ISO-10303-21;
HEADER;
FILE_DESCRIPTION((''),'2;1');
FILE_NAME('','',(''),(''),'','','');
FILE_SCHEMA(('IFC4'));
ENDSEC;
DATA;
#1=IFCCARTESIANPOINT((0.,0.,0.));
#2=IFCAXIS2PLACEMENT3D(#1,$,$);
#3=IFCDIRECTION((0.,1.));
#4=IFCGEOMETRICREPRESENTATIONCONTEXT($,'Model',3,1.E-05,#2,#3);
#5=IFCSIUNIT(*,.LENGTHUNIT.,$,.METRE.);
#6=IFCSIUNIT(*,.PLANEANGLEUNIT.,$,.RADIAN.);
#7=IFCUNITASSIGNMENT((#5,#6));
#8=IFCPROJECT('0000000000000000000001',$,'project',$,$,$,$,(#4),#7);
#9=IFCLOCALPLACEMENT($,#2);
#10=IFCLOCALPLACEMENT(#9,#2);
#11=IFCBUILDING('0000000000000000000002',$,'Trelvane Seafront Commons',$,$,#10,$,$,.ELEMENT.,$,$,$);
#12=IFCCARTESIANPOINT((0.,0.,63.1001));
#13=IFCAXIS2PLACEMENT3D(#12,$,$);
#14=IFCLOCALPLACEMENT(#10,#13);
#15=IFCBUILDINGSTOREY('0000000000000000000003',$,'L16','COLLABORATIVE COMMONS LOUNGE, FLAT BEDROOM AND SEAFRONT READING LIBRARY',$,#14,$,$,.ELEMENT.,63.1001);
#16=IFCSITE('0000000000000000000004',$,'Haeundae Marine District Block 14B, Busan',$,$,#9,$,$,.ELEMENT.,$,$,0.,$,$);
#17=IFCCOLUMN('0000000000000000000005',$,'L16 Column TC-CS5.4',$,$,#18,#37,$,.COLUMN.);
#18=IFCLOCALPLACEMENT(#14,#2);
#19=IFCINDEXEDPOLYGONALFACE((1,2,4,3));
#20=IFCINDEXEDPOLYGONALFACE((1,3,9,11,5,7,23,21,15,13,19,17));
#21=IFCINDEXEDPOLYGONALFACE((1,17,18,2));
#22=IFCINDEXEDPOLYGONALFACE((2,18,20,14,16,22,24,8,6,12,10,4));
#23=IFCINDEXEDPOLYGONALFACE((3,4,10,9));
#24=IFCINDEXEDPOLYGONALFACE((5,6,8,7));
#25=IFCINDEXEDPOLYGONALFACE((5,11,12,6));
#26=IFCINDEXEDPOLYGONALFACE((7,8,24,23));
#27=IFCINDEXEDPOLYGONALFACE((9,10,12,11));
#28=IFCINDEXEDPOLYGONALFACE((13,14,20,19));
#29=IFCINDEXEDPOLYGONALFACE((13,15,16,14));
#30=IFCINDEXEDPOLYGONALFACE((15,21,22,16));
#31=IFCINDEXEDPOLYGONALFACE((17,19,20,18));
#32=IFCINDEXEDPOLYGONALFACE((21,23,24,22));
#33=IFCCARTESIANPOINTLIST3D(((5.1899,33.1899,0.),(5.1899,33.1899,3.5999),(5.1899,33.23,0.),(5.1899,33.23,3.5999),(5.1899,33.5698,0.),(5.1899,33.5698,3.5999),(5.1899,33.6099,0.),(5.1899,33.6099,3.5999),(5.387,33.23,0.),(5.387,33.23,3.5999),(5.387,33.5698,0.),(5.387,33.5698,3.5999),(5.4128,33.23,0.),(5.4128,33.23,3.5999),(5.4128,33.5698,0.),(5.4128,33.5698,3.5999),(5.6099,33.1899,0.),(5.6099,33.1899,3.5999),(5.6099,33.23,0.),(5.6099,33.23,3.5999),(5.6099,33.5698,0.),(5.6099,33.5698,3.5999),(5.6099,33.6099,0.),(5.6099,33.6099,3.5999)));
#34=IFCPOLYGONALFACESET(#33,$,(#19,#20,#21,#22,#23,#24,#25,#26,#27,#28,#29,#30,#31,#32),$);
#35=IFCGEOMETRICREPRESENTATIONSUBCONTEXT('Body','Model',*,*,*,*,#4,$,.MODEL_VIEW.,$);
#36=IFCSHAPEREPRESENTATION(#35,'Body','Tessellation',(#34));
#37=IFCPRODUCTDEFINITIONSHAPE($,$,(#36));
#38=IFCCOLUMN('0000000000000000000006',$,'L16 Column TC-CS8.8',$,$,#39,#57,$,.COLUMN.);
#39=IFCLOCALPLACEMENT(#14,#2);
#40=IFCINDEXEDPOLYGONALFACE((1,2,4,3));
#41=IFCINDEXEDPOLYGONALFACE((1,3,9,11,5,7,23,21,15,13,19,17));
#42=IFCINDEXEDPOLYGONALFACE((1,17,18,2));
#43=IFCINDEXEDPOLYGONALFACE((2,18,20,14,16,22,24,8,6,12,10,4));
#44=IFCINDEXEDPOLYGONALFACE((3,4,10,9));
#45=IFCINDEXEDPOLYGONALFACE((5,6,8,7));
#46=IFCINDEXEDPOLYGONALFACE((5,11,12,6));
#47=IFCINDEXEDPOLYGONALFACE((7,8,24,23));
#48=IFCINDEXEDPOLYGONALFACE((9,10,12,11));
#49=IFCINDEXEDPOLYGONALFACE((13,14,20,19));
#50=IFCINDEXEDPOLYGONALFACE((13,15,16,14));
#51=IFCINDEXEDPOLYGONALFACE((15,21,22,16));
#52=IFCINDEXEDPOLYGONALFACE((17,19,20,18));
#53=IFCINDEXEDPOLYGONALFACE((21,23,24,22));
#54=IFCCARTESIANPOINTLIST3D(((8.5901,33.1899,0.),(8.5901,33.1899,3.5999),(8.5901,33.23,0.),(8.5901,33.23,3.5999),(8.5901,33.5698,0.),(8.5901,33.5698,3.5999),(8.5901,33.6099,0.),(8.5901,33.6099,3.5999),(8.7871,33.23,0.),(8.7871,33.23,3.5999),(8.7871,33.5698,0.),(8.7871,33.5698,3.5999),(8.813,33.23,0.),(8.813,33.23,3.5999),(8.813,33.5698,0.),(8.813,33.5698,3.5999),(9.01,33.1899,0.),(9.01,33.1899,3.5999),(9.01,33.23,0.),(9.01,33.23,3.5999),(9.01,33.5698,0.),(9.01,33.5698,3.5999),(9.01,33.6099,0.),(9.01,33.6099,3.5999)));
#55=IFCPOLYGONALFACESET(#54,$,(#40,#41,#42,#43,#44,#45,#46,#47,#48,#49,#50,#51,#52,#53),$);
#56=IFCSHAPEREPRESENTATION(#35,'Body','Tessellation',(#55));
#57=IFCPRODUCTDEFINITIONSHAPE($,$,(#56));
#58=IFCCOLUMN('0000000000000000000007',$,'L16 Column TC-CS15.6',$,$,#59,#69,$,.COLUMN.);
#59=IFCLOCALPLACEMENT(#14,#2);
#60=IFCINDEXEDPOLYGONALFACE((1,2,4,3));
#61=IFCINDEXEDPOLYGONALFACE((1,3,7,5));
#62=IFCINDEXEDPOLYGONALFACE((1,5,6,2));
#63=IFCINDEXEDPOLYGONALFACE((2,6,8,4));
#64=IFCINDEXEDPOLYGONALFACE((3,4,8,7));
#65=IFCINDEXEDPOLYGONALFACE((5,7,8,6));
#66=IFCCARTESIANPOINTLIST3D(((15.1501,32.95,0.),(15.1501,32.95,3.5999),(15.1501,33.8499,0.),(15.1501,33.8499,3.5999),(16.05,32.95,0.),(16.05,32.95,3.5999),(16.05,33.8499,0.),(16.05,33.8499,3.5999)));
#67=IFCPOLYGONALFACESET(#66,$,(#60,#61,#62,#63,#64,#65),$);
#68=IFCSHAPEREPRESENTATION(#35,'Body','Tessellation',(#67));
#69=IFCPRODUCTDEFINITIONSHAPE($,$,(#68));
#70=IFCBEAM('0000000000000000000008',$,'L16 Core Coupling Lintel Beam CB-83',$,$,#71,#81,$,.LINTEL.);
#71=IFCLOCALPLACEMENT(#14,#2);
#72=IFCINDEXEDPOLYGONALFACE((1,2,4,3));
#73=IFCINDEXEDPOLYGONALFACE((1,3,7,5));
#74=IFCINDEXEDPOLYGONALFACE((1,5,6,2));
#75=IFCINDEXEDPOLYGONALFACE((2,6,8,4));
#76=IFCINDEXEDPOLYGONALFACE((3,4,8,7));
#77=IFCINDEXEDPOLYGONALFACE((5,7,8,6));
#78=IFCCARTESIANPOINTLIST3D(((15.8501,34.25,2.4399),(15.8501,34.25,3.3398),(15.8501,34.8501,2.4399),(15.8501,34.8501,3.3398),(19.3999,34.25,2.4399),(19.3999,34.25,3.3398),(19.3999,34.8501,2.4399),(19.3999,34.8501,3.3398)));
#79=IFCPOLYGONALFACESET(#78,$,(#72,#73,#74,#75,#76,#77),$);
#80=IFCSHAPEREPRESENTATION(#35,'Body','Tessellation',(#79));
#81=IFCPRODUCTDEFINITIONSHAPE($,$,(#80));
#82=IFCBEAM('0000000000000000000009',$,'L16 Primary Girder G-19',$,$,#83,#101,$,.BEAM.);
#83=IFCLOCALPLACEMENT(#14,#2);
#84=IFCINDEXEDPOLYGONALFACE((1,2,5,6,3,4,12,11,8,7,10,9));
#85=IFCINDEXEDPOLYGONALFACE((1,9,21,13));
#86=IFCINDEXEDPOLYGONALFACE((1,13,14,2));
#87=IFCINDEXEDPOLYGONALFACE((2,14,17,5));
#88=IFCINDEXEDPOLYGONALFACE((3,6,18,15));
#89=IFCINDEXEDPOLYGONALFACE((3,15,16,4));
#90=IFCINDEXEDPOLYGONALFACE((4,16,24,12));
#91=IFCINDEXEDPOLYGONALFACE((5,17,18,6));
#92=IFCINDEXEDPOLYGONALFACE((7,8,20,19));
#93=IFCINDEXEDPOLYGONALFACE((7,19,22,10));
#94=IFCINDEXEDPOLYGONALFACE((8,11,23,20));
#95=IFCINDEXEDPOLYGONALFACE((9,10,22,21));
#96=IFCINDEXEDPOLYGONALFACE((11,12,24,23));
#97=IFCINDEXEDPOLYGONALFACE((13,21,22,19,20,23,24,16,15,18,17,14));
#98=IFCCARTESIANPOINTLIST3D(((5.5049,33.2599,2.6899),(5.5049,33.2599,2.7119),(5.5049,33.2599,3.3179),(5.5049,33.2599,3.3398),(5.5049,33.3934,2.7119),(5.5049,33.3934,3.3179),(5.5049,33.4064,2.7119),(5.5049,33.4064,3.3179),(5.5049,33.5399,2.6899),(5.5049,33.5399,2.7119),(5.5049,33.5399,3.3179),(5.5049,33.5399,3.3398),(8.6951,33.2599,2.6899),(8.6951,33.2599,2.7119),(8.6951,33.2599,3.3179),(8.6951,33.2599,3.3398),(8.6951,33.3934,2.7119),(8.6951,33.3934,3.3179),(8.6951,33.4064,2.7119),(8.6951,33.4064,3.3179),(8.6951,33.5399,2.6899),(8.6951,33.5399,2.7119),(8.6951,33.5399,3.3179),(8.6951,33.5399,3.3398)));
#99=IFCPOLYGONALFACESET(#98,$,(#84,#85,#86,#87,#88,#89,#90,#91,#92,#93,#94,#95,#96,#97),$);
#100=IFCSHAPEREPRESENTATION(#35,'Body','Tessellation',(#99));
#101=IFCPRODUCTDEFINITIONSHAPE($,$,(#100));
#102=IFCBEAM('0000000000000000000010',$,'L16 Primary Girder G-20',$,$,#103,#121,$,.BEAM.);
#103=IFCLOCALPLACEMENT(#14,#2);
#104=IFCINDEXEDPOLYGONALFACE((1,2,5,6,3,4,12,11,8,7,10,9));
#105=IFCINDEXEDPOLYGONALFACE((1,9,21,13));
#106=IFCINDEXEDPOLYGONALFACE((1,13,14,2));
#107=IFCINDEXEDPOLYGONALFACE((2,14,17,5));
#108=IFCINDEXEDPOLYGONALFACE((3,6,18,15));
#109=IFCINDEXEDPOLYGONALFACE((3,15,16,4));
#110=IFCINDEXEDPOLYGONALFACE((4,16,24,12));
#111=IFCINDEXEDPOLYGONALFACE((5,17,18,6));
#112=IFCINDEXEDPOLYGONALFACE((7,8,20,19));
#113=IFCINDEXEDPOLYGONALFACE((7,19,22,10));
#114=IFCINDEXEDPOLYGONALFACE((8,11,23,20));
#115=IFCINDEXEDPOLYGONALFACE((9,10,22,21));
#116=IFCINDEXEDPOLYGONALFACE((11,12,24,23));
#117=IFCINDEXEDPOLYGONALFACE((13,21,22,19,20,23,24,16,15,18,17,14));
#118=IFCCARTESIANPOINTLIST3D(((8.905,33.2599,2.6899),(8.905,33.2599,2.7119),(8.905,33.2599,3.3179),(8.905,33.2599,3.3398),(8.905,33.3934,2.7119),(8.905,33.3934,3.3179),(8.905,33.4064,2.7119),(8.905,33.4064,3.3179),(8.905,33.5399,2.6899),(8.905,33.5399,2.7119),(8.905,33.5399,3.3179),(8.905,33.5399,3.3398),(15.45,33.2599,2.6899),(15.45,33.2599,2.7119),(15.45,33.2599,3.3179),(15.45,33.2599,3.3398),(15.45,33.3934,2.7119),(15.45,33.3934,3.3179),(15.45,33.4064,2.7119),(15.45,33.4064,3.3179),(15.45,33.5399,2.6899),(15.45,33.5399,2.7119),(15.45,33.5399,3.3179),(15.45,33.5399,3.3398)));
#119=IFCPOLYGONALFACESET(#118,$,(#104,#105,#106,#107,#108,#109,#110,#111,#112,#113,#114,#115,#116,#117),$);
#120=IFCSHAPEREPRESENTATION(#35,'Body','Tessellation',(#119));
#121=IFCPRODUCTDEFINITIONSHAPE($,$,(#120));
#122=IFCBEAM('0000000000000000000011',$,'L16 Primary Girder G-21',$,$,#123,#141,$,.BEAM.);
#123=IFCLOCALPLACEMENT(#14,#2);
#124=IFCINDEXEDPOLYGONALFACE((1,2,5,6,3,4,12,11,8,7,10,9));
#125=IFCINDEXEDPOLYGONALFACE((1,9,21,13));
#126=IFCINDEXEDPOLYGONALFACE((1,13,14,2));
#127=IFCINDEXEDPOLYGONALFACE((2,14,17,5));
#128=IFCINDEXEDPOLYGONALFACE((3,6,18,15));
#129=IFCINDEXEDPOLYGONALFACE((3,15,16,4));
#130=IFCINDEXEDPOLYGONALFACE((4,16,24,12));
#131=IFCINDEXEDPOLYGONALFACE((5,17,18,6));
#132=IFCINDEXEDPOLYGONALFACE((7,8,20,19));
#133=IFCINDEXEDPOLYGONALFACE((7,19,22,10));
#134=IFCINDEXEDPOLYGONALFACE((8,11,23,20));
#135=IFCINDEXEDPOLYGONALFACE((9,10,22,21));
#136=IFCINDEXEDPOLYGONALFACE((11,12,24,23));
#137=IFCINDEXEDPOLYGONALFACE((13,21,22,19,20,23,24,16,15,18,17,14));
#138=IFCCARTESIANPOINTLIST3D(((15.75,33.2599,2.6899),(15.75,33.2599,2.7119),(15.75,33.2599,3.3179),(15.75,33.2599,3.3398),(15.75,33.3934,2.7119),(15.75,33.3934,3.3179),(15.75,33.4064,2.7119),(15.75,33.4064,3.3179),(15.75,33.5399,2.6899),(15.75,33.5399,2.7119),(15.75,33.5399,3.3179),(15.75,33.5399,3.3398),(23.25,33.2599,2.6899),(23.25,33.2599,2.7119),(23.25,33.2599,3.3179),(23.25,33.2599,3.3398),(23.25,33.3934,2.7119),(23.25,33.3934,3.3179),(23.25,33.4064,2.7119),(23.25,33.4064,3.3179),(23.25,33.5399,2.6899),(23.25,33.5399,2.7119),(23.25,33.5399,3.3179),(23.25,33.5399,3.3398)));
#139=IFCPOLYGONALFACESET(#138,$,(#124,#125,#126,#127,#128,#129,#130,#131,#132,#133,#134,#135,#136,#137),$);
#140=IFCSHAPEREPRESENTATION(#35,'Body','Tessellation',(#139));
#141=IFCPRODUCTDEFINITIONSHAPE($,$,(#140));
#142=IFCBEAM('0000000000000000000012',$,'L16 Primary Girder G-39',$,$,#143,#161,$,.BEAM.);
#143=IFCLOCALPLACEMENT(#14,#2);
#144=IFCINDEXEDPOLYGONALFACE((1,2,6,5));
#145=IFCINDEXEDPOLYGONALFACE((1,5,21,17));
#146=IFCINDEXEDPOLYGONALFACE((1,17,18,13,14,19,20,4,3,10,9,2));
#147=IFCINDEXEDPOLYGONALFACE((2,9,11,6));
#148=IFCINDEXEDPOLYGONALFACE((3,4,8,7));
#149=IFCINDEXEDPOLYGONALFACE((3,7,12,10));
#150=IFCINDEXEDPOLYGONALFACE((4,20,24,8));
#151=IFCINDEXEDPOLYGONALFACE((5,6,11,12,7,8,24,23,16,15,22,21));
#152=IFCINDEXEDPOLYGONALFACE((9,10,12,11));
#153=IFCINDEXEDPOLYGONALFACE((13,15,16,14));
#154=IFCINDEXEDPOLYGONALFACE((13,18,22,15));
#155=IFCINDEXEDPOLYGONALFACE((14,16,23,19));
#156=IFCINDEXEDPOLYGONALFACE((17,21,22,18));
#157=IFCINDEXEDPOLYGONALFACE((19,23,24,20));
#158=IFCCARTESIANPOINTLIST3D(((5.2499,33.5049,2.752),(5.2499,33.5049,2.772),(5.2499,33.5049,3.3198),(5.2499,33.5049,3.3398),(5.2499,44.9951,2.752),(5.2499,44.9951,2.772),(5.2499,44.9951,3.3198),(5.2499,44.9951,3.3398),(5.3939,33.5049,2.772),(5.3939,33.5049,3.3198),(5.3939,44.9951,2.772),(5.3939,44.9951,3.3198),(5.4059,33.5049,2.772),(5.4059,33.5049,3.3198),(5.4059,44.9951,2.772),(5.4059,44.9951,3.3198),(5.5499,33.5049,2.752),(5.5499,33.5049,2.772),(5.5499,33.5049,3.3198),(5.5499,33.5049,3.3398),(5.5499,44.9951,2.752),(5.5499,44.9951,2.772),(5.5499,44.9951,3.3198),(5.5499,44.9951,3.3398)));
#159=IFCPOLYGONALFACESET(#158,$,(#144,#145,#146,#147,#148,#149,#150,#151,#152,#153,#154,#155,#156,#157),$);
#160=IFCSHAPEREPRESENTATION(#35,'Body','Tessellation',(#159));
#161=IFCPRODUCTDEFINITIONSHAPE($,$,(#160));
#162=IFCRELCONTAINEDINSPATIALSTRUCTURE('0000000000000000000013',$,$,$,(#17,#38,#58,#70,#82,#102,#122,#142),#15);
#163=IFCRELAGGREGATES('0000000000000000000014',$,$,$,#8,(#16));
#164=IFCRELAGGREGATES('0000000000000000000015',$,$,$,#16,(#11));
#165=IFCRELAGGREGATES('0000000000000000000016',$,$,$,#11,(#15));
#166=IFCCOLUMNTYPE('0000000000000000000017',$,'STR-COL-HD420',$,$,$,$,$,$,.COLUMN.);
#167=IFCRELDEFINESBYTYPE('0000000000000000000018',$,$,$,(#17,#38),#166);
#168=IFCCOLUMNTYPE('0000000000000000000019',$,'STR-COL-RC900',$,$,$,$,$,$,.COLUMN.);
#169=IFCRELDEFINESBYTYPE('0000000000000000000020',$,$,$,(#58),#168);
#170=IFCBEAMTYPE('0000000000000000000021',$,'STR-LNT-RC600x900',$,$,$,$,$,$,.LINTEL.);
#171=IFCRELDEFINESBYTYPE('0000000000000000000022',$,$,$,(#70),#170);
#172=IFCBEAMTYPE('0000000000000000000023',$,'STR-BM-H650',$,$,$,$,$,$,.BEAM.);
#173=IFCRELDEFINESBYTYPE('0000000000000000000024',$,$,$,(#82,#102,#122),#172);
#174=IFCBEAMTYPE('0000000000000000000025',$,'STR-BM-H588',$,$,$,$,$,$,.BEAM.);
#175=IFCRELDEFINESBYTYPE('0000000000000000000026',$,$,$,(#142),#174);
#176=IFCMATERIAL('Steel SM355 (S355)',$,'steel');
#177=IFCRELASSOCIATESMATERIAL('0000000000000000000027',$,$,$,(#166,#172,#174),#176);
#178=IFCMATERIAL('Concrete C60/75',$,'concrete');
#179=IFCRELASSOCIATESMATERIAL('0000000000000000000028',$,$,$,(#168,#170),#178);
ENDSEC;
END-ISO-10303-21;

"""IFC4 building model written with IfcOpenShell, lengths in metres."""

from ifc_helpers import new_model, si_unit, direction, frame, origin, origin_2d, place, context, subcontext, project, spatial, rectangle, i_section, extrude, source, transform, mapped, material, material_profile, profile_set, type_object, element, save


model = new_model("IFC4")

# Units and contexts
model_context = context("Model", 3, precision=1e-05, world=origin(), true_north=direction((0.0, 1.0)))
body_context = subcontext(model_context, "Body", "Model", "MODEL_VIEW")
ifc_project = project(units=[si_unit("LENGTHUNIT", "METRE"), si_unit("PLANEANGLEUNIT", "RADIAN")], contexts=[model_context])

# Site, building, storey
site_placement = place(None, origin())
site = spatial("IfcSite", under=ifc_project, at=site_placement, Name="Haeundae Marine District Block 14B, Busan", CompositionType="ELEMENT", RefElevation=0.0)
building_placement = place(site_placement, origin())
building = spatial("IfcBuilding", under=site, at=building_placement, Name="Trelvane Seafront Commons", CompositionType="ELEMENT")
storey_placement = place(building_placement, frame((0.0, 0.0, 63.1001)))
storey = spatial("IfcBuildingStorey", under=building, at=storey_placement, Name="L16", Description="COLLABORATIVE COMMONS LOUNGE, FLAT BEDROOM AND SEAFRONT READING LIBRARY", CompositionType="ELEMENT", Elevation=63.1001)

# Columns
ifc_material_1 = material(Name="Steel SM355 (S355)", Category="steel")
ifc_material_profile_1 = material_profile(ifc_material_1, i_section(OverallWidth=0.4199, OverallDepth=0.4199, WebThickness=0.0259, FlangeThickness=0.04, at=origin_2d()), Name="HD-420x420x26x40")
ifc_profile_set_1 = profile_set([ifc_material_profile_1], Name="Steel SM355 (S355)")
column_type_1 = type_object("IfcColumnType", Name="STR-COL-HD420", PredefinedType="COLUMN", material=ifc_profile_set_1)
shared_shape_1 = source(origin(), body_context, "Body", "SweptSolid", [
    extrude(i_section(OverallWidth=0.4199, OverallDepth=0.4199, WebThickness=0.0259, FlangeThickness=0.04, at=origin_2d()), origin(), (0.0, 0.0, 1.0), 3.5999),
])
for number, where, z_axis, x_axis, name in (
    (1, (5.3999, 33.3999, 0.0), (0.0, 0.0, 1.0), (1.0, 0.0, 0.0), "L16 Column TC-CS5.4"),
    (2, (8.8, 33.3999, 0.0), (0.0, 0.0, 1.0), (1.0, 0.0, 0.0), "L16 Column TC-CS8.8"),
):
    element("IfcColumn", number, at=place(storey_placement, frame(where, z_axis=z_axis, x_axis=x_axis)), inside=storey, type_object=column_type_1, Name=name, PredefinedType="COLUMN", context=body_context, shape_type="MappedRepresentation", body=[
        mapped(shared_shape_1, transform((0.0, 0.0, 0.0), x_axis=(1.0, 0.0, 0.0), y_axis=(0.0, 1.0, 0.0), z_axis=(0.0, 0.0, 1.0), scale=1.0)),
    ])
ifc_material_2 = material(Name="Concrete C60/75", Category="concrete")
ifc_material_profile_2 = material_profile(ifc_material_2, rectangle(XDim=0.8999, YDim=0.8999, at=origin_2d()), Name="RC-900x900")
ifc_profile_set_2 = profile_set([ifc_material_profile_2], Name="Concrete C60/75")
column_type_2 = type_object("IfcColumnType", Name="STR-COL-RC900", PredefinedType="COLUMN", material=ifc_profile_set_2)
shared_shape_2 = source(origin(), body_context, "Body", "SweptSolid", [
    extrude(rectangle(XDim=0.8999, YDim=0.8999, at=origin_2d()), origin(), (0.0, 0.0, 1.0), 3.5999),
])
column_placement = place(storey_placement, frame((15.6001, 33.3999, 0.0), z_axis=(0.0, 0.0, 1.0), x_axis=(1.0, 0.0, 0.0)))
element("IfcColumn", 3, at=column_placement, inside=storey, type_object=column_type_2, Name="L16 Column TC-CS15.6", PredefinedType="COLUMN", context=body_context, shape_type="MappedRepresentation", body=[
    mapped(shared_shape_2, transform((0.0, 0.0, 0.0), x_axis=(1.0, 0.0, 0.0), y_axis=(0.0, 1.0, 0.0), z_axis=(0.0, 0.0, 1.0), scale=1.0)),
])

# Beams
ifc_material_profile_3 = material_profile(ifc_material_2, rectangle(XDim=0.6001, YDim=0.8999, at=origin_2d()), Name="RC-600x900")
ifc_profile_set_3 = profile_set([ifc_material_profile_3], Name="Concrete C60/75")
beam_type_1 = type_object("IfcBeamType", Name="STR-LNT-RC600x900", PredefinedType="LINTEL", material=ifc_profile_set_3)
shared_shape_3 = source(origin(), body_context, "Body", "SweptSolid", [
    extrude(rectangle(XDim=0.6001, YDim=0.8999, at=origin_2d()), origin(), (0.0, 0.0, 1.0), 3.5498),
])
beam_1_placement = place(storey_placement, frame((15.8501, 34.55, 2.8899), z_axis=(1.0, 0.0, 0.0), x_axis=(0.0, 1.0, 0.0)))
element("IfcBeam", 4, at=beam_1_placement, inside=storey, type_object=beam_type_1, Name="L16 Core Coupling Lintel Beam CB-83", PredefinedType="LINTEL", context=body_context, shape_type="MappedRepresentation", body=[
    mapped(shared_shape_3, transform((0.0, 0.0, 0.0), x_axis=(1.0, 0.0, 0.0), y_axis=(0.0, 1.0, 0.0), z_axis=(0.0, 0.0, 1.0), scale=1.0)),
])
ifc_material_profile_4 = material_profile(ifc_material_1, i_section(OverallWidth=0.28, OverallDepth=0.6499, WebThickness=0.0129, FlangeThickness=0.022, at=origin_2d()), Name="H-650x280x13x22")
ifc_profile_set_4 = profile_set([ifc_material_profile_4], Name="Steel SM355 (S355)")
beam_type_2 = type_object("IfcBeamType", Name="STR-BM-H650", PredefinedType="BEAM", material=ifc_profile_set_4)
shared_shape_4 = source(origin(), body_context, "Body", "SweptSolid", [
    extrude(i_section(OverallWidth=0.28, OverallDepth=0.6499, WebThickness=0.0129, FlangeThickness=0.022, at=origin_2d()), origin(), (0.0, 0.0, 1.0), 3.1902),
])
beam_2_placement = place(storey_placement, frame((5.5049, 33.3999, 3.0149), z_axis=(1.0, 0.0, 0.0), x_axis=(0.0, 1.0, 0.0)))
element("IfcBeam", 5, at=beam_2_placement, inside=storey, type_object=beam_type_2, Name="L16 Primary Girder G-19", PredefinedType="BEAM", context=body_context, shape_type="MappedRepresentation", body=[
    mapped(shared_shape_4, transform((0.0, 0.0, 0.0), x_axis=(1.0, 0.0, 0.0), y_axis=(0.0, 1.0, 0.0), z_axis=(0.0, 0.0, 1.0), scale=1.0)),
])
shared_shape_5 = source(origin(), body_context, "Body", "SweptSolid", [
    extrude(i_section(OverallWidth=0.28, OverallDepth=0.6499, WebThickness=0.0129, FlangeThickness=0.022, at=origin_2d()), origin(), (0.0, 0.0, 1.0), 6.5449),
])
beam_3_placement = place(storey_placement, frame((8.905, 33.3999, 3.0149), z_axis=(1.0, 0.0, 0.0), x_axis=(0.0, 1.0, 0.0)))
element("IfcBeam", 6, at=beam_3_placement, inside=storey, type_object=beam_type_2, Name="L16 Primary Girder G-20", PredefinedType="BEAM", context=body_context, shape_type="MappedRepresentation", body=[
    mapped(shared_shape_5, transform((0.0, 0.0, 0.0), x_axis=(1.0, 0.0, 0.0), y_axis=(0.0, 1.0, 0.0), z_axis=(0.0, 0.0, 1.0), scale=1.0)),
])
shared_shape_6 = source(origin(), body_context, "Body", "SweptSolid", [
    extrude(i_section(OverallWidth=0.28, OverallDepth=0.6499, WebThickness=0.0129, FlangeThickness=0.022, at=origin_2d()), origin(), (0.0, 0.0, 1.0), 7.5),
])
beam_4_placement = place(storey_placement, frame((15.75, 33.3999, 3.0149), z_axis=(1.0, 0.0, 0.0), x_axis=(0.0, 1.0, 0.0)))
element("IfcBeam", 7, at=beam_4_placement, inside=storey, type_object=beam_type_2, Name="L16 Primary Girder G-21", PredefinedType="BEAM", context=body_context, shape_type="MappedRepresentation", body=[
    mapped(shared_shape_6, transform((0.0, 0.0, 0.0), x_axis=(1.0, 0.0, 0.0), y_axis=(0.0, 1.0, 0.0), z_axis=(0.0, 0.0, 1.0), scale=1.0)),
])
ifc_material_profile_5 = material_profile(ifc_material_1, i_section(OverallWidth=0.3, OverallDepth=0.5879, WebThickness=0.012, FlangeThickness=0.02, at=origin_2d()), Name="H-588x300x12x20")
ifc_profile_set_5 = profile_set([ifc_material_profile_5], Name="Steel SM355 (S355)")
beam_type_3 = type_object("IfcBeamType", Name="STR-BM-H588", PredefinedType="BEAM", material=ifc_profile_set_5)
shared_shape_7 = source(origin(), body_context, "Body", "SweptSolid", [
    extrude(i_section(OverallWidth=0.3, OverallDepth=0.5879, WebThickness=0.012, FlangeThickness=0.02, at=origin_2d()), origin(), (0.0, 0.0, 1.0), 11.4902),
])
for number, where, z_axis, x_axis, name in (
    (8, (5.3999, 33.5049, 3.0459), (0.0, 1.0, 0.0), (-1.0, 0.0, 0.0), "L16 Primary Girder G-39"),
):
    element("IfcBeam", number, at=place(storey_placement, frame(where, z_axis=z_axis, x_axis=x_axis)), inside=storey, type_object=beam_type_3, Name=name, PredefinedType="BEAM", context=body_context, shape_type="MappedRepresentation", body=[
        mapped(shared_shape_7, transform((0.0, 0.0, 0.0), x_axis=(1.0, 0.0, 0.0), y_axis=(0.0, 1.0, 0.0), z_axis=(0.0, 0.0, 1.0), scale=1.0)),
    ])

save(model, "model.ifc")
